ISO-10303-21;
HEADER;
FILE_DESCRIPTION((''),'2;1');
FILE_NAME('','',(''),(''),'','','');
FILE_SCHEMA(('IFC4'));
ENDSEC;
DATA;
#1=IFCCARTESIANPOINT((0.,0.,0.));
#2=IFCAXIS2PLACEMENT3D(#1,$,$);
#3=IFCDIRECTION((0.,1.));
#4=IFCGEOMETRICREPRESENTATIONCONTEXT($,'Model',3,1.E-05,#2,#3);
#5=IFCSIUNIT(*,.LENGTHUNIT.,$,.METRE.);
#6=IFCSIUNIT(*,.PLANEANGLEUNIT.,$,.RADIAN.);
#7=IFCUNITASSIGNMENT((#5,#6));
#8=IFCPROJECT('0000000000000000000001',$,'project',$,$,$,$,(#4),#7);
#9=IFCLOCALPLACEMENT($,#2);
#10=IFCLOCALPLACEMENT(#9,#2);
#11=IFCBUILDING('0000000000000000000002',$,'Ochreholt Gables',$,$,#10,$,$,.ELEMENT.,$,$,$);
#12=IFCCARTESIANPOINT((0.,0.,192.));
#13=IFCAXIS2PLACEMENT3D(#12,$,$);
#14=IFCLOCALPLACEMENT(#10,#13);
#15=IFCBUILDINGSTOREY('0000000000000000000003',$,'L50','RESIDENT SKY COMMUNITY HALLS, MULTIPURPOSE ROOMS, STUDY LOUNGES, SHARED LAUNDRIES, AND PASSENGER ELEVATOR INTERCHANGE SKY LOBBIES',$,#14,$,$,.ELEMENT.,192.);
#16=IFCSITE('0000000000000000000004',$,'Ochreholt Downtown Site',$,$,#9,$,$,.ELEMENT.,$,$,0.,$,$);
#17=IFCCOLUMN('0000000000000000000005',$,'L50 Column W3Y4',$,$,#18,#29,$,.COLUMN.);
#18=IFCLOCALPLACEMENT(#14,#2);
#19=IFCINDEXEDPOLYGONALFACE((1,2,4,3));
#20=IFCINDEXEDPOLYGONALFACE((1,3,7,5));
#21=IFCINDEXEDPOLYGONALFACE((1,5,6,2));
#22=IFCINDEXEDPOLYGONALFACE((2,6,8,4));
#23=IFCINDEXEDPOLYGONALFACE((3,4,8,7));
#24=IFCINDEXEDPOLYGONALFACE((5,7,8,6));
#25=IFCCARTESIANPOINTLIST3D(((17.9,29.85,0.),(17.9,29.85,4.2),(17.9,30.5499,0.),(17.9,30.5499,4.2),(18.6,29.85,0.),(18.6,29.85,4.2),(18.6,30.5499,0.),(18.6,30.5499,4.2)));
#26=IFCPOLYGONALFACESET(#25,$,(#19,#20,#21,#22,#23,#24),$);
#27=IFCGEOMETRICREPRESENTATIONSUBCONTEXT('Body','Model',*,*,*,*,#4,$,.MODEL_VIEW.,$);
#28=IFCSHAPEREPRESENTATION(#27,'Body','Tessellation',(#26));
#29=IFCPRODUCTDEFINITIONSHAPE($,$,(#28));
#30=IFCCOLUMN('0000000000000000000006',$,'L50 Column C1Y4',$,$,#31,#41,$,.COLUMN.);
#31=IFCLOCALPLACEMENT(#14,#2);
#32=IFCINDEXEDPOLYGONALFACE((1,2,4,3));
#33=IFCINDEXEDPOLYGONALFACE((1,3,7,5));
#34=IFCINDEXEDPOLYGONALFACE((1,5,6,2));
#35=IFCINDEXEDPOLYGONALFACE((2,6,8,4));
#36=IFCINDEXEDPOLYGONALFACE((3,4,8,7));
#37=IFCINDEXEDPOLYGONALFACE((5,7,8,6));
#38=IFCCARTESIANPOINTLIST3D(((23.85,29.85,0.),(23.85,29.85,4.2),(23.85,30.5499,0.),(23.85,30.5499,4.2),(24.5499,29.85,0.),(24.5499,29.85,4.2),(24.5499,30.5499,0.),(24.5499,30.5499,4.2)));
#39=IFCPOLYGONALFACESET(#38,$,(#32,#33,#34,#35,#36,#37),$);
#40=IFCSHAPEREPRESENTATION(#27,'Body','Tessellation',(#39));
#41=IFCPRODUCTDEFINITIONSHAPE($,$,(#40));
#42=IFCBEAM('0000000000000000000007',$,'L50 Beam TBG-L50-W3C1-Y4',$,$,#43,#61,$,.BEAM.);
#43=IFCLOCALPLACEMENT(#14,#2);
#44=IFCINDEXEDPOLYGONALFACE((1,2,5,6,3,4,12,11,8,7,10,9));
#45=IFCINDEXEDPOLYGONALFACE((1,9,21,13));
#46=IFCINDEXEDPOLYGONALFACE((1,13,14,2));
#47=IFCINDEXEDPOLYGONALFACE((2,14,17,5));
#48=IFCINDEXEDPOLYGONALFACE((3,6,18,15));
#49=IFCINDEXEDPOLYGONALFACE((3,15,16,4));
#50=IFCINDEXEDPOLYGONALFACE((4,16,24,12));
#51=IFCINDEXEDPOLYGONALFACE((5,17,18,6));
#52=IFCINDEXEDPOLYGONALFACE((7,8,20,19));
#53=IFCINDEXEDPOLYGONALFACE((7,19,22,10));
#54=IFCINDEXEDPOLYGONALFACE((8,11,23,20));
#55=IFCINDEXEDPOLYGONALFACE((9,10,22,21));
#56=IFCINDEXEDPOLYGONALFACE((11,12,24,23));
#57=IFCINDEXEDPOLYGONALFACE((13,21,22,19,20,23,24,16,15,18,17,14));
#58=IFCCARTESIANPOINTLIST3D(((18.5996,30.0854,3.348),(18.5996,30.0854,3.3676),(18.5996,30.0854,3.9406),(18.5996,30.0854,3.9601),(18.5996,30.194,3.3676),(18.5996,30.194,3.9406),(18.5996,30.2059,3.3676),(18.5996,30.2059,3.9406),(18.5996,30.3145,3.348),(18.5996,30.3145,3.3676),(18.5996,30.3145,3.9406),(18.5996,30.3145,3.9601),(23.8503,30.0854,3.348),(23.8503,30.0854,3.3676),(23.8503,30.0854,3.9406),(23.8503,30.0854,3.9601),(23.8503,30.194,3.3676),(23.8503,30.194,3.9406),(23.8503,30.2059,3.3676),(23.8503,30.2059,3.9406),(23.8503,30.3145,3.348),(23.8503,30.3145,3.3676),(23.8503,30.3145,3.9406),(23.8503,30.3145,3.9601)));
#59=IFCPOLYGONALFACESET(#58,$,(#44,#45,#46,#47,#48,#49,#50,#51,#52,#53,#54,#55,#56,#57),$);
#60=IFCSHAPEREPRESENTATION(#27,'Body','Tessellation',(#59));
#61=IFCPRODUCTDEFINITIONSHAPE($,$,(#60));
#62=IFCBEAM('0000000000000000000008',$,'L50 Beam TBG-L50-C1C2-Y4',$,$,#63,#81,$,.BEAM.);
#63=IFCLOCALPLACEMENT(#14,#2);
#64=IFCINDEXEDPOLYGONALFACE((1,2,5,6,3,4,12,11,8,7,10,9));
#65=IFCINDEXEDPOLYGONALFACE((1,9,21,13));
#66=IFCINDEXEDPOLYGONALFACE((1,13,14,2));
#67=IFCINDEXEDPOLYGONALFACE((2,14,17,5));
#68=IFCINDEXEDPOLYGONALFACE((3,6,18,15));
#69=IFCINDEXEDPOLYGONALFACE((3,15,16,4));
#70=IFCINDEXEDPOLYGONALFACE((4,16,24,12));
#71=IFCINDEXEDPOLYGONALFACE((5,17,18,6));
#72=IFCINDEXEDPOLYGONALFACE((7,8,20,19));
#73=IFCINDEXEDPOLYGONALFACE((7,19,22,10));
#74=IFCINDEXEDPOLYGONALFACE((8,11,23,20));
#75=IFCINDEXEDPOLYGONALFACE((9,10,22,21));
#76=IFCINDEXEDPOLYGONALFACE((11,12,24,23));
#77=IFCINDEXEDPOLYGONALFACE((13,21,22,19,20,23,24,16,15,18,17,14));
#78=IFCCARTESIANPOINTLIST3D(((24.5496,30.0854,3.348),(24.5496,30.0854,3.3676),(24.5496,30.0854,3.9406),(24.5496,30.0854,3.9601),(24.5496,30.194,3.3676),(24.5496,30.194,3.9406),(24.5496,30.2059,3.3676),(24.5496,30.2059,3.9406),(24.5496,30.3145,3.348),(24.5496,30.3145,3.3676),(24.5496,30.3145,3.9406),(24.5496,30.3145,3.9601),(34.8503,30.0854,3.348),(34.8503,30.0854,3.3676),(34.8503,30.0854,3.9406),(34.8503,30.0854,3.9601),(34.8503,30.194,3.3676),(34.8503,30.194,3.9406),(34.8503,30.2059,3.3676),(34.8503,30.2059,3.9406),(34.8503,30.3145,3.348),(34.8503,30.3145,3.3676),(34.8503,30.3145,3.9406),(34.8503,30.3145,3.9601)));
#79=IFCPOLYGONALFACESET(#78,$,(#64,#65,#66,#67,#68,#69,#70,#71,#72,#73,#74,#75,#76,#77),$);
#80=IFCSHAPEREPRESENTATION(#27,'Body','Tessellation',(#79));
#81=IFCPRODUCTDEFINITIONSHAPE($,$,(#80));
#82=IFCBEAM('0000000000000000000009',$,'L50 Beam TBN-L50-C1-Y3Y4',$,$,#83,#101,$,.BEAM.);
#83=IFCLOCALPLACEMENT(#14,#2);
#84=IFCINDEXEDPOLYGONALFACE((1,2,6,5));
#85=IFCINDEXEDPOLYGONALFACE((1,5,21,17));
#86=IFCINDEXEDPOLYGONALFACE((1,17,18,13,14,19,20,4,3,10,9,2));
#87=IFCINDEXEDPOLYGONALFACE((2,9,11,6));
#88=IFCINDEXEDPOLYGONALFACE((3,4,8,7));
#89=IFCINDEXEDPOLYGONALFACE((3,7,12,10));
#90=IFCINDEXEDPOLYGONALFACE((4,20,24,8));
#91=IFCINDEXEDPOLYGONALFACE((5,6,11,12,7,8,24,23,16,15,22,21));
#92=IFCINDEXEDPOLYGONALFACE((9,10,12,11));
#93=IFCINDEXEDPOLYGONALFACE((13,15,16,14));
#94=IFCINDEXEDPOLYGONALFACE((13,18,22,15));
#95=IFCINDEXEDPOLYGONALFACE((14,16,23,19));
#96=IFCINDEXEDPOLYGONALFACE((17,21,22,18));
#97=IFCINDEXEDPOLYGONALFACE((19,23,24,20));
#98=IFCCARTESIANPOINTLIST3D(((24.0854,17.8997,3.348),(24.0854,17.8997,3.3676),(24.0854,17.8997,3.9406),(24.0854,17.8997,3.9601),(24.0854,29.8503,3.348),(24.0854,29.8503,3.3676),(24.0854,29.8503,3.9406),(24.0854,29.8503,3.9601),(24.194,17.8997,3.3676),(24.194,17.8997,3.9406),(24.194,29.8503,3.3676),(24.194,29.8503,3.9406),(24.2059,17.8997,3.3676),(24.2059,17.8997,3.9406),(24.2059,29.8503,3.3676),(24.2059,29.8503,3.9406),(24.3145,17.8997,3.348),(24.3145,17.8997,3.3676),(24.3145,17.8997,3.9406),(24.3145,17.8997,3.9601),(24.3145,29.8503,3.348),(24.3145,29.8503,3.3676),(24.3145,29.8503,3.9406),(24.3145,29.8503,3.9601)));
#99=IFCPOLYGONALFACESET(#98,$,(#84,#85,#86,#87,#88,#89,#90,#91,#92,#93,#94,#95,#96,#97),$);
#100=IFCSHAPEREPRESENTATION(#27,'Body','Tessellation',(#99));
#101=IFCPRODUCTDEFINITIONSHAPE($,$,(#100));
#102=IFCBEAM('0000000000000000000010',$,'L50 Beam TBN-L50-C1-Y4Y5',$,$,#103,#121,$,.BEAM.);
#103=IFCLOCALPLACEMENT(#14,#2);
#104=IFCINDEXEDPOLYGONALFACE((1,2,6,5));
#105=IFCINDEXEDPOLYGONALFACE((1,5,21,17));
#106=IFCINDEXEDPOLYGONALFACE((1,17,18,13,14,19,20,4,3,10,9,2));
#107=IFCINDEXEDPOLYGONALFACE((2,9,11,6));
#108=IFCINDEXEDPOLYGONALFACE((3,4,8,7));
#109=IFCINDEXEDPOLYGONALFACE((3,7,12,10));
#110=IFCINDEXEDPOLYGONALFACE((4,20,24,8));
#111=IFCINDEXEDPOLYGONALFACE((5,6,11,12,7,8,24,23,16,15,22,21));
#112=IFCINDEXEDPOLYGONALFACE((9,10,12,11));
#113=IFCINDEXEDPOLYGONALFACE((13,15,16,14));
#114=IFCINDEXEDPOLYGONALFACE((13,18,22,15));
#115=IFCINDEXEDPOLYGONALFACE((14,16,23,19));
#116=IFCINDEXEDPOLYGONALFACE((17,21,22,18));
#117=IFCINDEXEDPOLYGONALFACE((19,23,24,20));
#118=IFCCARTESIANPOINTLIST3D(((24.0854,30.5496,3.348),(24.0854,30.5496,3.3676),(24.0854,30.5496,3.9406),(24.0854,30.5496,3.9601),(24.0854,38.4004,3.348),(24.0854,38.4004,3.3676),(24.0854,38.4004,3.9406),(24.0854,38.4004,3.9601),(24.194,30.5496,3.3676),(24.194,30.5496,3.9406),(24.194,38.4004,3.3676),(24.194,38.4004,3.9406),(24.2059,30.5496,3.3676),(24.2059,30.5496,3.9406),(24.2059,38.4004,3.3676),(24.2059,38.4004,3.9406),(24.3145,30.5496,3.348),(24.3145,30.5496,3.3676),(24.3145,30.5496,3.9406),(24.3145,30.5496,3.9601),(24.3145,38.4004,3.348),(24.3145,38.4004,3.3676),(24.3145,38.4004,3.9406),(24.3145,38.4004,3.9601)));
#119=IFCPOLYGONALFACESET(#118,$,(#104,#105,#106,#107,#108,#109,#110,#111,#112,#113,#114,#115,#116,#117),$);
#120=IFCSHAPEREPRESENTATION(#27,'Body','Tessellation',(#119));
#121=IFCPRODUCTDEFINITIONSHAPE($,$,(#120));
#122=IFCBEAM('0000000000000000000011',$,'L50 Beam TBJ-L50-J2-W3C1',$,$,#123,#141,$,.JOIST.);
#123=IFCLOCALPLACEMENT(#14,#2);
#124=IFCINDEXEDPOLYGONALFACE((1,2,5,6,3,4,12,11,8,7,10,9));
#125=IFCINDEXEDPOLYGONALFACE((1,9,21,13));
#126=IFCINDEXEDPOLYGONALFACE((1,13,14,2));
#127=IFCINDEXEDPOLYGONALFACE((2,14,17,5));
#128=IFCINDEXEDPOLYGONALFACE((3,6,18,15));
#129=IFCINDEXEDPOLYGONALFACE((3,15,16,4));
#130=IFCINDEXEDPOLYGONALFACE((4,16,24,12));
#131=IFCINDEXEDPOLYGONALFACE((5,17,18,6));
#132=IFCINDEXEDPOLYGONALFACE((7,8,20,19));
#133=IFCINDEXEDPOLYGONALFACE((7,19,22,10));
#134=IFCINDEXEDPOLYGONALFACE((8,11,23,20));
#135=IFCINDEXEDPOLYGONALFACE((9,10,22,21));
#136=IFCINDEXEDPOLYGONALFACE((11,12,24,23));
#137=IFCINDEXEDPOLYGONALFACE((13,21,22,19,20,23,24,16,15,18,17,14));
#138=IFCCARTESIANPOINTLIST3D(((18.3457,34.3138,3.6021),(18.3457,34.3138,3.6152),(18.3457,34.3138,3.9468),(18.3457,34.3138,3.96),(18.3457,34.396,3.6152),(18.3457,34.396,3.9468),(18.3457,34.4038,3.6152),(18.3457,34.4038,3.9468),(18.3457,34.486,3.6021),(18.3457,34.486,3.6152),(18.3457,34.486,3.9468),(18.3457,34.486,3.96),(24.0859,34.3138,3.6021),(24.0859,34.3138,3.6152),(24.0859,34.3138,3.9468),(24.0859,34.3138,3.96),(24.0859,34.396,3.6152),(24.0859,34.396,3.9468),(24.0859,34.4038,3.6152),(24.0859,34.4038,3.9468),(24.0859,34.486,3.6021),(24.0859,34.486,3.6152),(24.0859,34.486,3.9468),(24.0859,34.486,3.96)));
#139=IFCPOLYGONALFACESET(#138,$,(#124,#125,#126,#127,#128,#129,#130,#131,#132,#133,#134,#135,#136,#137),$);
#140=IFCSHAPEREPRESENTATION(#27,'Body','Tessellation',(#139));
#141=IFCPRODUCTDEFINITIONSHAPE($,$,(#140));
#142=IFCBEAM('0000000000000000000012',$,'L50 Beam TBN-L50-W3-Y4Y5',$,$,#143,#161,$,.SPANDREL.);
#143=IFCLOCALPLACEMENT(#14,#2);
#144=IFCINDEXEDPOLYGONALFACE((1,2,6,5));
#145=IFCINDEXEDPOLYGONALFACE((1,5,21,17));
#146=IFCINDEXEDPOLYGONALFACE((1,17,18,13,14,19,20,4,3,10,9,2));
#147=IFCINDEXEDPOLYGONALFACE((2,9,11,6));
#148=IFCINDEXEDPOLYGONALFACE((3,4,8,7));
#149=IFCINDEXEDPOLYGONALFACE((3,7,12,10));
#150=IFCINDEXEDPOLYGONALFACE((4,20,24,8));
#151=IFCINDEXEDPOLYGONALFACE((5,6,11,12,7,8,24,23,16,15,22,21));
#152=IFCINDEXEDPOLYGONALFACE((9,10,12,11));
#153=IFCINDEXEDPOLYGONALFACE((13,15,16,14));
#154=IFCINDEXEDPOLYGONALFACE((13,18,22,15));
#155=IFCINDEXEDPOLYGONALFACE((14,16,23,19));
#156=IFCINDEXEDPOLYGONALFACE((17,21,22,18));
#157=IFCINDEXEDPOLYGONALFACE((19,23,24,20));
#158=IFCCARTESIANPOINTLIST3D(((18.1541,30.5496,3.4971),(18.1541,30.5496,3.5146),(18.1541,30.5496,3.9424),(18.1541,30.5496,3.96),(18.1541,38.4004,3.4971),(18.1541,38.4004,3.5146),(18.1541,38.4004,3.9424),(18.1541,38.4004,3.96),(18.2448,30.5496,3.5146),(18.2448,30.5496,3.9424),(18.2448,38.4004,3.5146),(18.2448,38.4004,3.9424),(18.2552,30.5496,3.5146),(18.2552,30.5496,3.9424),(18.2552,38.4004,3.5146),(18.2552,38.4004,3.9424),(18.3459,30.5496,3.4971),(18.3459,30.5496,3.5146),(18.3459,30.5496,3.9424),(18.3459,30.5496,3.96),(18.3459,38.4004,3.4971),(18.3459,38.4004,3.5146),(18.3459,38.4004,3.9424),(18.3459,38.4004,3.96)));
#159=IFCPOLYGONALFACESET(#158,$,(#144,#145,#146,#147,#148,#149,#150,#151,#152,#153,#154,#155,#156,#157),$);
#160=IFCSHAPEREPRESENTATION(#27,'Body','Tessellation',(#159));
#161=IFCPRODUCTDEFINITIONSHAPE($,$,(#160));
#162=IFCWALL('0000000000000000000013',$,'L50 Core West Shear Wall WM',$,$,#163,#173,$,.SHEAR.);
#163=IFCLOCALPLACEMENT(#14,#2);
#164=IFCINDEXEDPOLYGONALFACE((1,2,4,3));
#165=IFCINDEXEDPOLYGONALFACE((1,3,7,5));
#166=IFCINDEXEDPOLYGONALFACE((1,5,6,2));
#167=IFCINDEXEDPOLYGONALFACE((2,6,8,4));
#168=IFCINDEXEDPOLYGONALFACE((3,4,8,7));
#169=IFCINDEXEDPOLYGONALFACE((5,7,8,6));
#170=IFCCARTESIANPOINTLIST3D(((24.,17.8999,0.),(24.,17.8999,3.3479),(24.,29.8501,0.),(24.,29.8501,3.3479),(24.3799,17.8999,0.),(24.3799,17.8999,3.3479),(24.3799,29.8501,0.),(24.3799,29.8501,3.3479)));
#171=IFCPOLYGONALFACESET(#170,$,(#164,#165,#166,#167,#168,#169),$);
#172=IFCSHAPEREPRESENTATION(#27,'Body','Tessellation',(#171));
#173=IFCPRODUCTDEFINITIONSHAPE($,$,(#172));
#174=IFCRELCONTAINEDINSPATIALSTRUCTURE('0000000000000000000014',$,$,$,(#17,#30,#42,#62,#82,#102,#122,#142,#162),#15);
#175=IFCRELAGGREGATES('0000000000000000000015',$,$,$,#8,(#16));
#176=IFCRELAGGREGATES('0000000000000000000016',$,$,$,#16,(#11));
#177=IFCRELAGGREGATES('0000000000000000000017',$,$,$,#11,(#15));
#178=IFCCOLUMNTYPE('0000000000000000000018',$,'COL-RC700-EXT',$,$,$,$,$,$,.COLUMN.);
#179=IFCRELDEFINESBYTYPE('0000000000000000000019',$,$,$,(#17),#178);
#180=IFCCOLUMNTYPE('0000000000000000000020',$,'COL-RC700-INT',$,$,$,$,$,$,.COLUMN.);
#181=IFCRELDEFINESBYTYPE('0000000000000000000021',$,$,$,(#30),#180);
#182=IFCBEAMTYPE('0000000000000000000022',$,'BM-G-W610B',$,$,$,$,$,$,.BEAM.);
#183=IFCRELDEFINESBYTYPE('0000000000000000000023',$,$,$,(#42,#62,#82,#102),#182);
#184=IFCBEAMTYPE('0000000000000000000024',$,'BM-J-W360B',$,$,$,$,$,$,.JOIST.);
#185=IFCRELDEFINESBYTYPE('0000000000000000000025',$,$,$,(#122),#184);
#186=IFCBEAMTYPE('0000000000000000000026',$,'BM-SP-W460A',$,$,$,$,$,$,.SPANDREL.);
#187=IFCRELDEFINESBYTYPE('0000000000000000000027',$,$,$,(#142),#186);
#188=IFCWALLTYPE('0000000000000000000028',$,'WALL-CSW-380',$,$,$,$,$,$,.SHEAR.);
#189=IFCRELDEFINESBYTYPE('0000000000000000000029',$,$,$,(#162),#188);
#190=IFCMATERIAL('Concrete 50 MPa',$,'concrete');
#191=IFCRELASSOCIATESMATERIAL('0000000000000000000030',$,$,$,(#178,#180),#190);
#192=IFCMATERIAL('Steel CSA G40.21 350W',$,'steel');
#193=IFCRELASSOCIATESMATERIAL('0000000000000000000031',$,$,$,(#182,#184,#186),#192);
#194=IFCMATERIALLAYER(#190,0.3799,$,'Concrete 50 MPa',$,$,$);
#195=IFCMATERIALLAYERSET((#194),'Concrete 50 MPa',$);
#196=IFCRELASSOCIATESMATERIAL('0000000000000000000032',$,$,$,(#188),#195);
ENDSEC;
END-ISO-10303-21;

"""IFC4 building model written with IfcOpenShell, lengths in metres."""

from ifc_helpers import new_model, si_unit, direction, frame, frame_2d, origin, origin_2d, place, context, subcontext, project, spatial, rectangle, i_section, extrude, material, layer, layer_set, material_profile, profile_set, type_object, element, save


model = new_model("IFC4")

# Units and contexts
model_context = context("Model", 3, precision=1e-05, world=origin(), true_north=direction((0.0, 1.0)))
body_context = subcontext(model_context, "Body", "Model", "MODEL_VIEW")
ifc_project = project(units=[si_unit("LENGTHUNIT", "METRE"), si_unit("PLANEANGLEUNIT", "RADIAN")], contexts=[model_context])

# Site, building, storey
site_placement = place(None, origin())
site = spatial("IfcSite", under=ifc_project, at=site_placement, Name="Ochreholt Downtown Site", CompositionType="ELEMENT", RefElevation=0.0)
building_placement = place(site_placement, origin())
building = spatial("IfcBuilding", under=site, at=building_placement, Name="Ochreholt Gables", CompositionType="ELEMENT")
storey_placement = place(building_placement, frame((0.0, 0.0, 192.0)))
storey = spatial("IfcBuildingStorey", under=building, at=storey_placement, Name="L50", Description="RESIDENT SKY COMMUNITY HALLS, MULTIPURPOSE ROOMS, STUDY LOUNGES, SHARED LAUNDRIES, AND PASSENGER ELEVATOR INTERCHANGE SKY LOBBIES", CompositionType="ELEMENT", Elevation=192.0)

# Columns
ifc_material_1 = material(Name="Concrete 50 MPa", Category="concrete")
ifc_material_profile_1 = material_profile(ifc_material_1, rectangle(XDim=0.7, YDim=0.7, at=origin_2d()), Name="RC700X700")
ifc_profile_set_1 = profile_set([ifc_material_profile_1], Name="Concrete 50 MPa")
column_type_1 = type_object("IfcColumnType", Name="COL-RC700-EXT", PredefinedType="COLUMN", material=ifc_profile_set_1)
column_1_placement = place(storey_placement, frame((18.25, 30.2, 0.0), z_axis=(0.0, 0.0, 1.0), x_axis=(1.0, 0.0, 0.0)))
element("IfcColumn", 1, at=column_1_placement, inside=storey, type_object=column_type_1, Name="L50 Column W3Y4", PredefinedType="COLUMN", context=body_context, shape_type="SweptSolid", body=[
    extrude(rectangle(XDim=0.7, YDim=0.7, at=origin_2d()), origin(), (0.0, 0.0, 1.0), 4.2),
])
ifc_material_profile_2 = material_profile(ifc_material_1, rectangle(XDim=0.7, YDim=0.7, at=origin_2d()), Name="RC700X700")
ifc_profile_set_2 = profile_set([ifc_material_profile_2], Name="Concrete 50 MPa")
column_type_2 = type_object("IfcColumnType", Name="COL-RC700-INT", PredefinedType="COLUMN", material=ifc_profile_set_2)
column_2_placement = place(storey_placement, frame((24.2, 30.2, 0.0), z_axis=(0.0, 0.0, 1.0), x_axis=(1.0, 0.0, 0.0)))
element("IfcColumn", 2, at=column_2_placement, inside=storey, type_object=column_type_2, Name="L50 Column C1Y4", PredefinedType="COLUMN", context=body_context, shape_type="SweptSolid", body=[
    extrude(rectangle(XDim=0.7, YDim=0.7, at=origin_2d()), origin(), (0.0, 0.0, 1.0), 4.2),
])

# Beams
ifc_material_2 = material(Name="Steel CSA G40.21 350W", Category="steel")
ifc_material_profile_3 = material_profile(ifc_material_2, i_section(OverallWidth=0.229, OverallDepth=0.6121, WebThickness=0.012, FlangeThickness=0.0195, at=origin_2d()), Name="W610X125")
ifc_profile_set_3 = profile_set([ifc_material_profile_3], Name="Steel CSA G40.21 350W")
beam_type_1 = type_object("IfcBeamType", Name="BM-G-W610B", PredefinedType="BEAM", material=ifc_profile_set_3)
beam_1_placement = place(storey_placement, frame((18.5996, 30.2, 3.6541), z_axis=(1.0, 0.0, 0.0), x_axis=(0.0, 1.0, 0.0)))
element("IfcBeam", 3, at=beam_1_placement, inside=storey, type_object=beam_type_1, Name="L50 Beam TBG-L50-W3C1-Y4", PredefinedType="BEAM", context=body_context, shape_type="SweptSolid", body=[
    extrude(i_section(OverallWidth=0.229, OverallDepth=0.6121, WebThickness=0.012, FlangeThickness=0.0195, at=origin_2d()), origin(), (0.0, 0.0, 1.0), 5.2507),
])
beam_2_placement = place(storey_placement, frame((24.5496, 30.2, 3.6541), z_axis=(1.0, 0.0, 0.0), x_axis=(0.0, 1.0, 0.0)))
element("IfcBeam", 4, at=beam_2_placement, inside=storey, type_object=beam_type_1, Name="L50 Beam TBG-L50-C1C2-Y4", PredefinedType="BEAM", context=body_context, shape_type="SweptSolid", body=[
    extrude(i_section(OverallWidth=0.229, OverallDepth=0.6121, WebThickness=0.012, FlangeThickness=0.0195, at=origin_2d()), origin(), (0.0, 0.0, 1.0), 10.3008),
])
beam_3_placement = place(storey_placement, frame((24.2, 17.8997, 3.6541), z_axis=(0.0, 1.0, 0.0), x_axis=(-1.0, 0.0, 0.0)))
element("IfcBeam", 5, at=beam_3_placement, inside=storey, type_object=beam_type_1, Name="L50 Beam TBN-L50-C1-Y3Y4", PredefinedType="BEAM", context=body_context, shape_type="SweptSolid", body=[
    extrude(i_section(OverallWidth=0.229, OverallDepth=0.6121, WebThickness=0.012, FlangeThickness=0.0195, at=origin_2d()), origin(), (0.0, 0.0, 1.0), 11.9507),
])
beam_4_placement = place(storey_placement, frame((24.2, 30.5496, 3.6541), z_axis=(0.0, 1.0, 0.0), x_axis=(-1.0, 0.0, 0.0)))
element("IfcBeam", 6, at=beam_4_placement, inside=storey, type_object=beam_type_1, Name="L50 Beam TBN-L50-C1-Y4Y5", PredefinedType="BEAM", context=body_context, shape_type="SweptSolid", body=[
    extrude(i_section(OverallWidth=0.229, OverallDepth=0.6121, WebThickness=0.012, FlangeThickness=0.0195, at=origin_2d()), origin(), (0.0, 0.0, 1.0), 7.8508),
])
ifc_material_profile_4 = material_profile(ifc_material_2, i_section(OverallWidth=0.1721, OverallDepth=0.3579, WebThickness=0.0078, FlangeThickness=0.0132, at=origin_2d()), Name="W360X57")
ifc_profile_set_4 = profile_set([ifc_material_profile_4], Name="Steel CSA G40.21 350W")
beam_type_2 = type_object("IfcBeamType", Name="BM-J-W360B", PredefinedType="JOIST", material=ifc_profile_set_4)
beam_5_placement = place(storey_placement, frame((18.3457, 34.3999, 3.781), z_axis=(1.0, 0.0, 0.0), x_axis=(0.0, 1.0, 0.0)))
element("IfcBeam", 7, at=beam_5_placement, inside=storey, type_object=beam_type_2, Name="L50 Beam TBJ-L50-J2-W3C1", PredefinedType="JOIST", context=body_context, shape_type="SweptSolid", body=[
    extrude(i_section(OverallWidth=0.1721, OverallDepth=0.3579, WebThickness=0.0078, FlangeThickness=0.0132, at=origin_2d()), origin(), (0.0, 0.0, 1.0), 5.7402),
])
ifc_material_profile_5 = material_profile(ifc_material_2, i_section(OverallWidth=0.1919, OverallDepth=0.4629, WebThickness=0.0105, FlangeThickness=0.0176, at=origin_2d()), Name="W460X89")
ifc_profile_set_5 = profile_set([ifc_material_profile_5], Name="Steel CSA G40.21 350W")
beam_type_3 = type_object("IfcBeamType", Name="BM-SP-W460A", PredefinedType="SPANDREL", material=ifc_profile_set_5)
beam_6_placement = place(storey_placement, frame((18.25, 30.5496, 3.7285), z_axis=(0.0, 1.0, 0.0), x_axis=(-1.0, 0.0, 0.0)))
element("IfcBeam", 8, at=beam_6_placement, inside=storey, type_object=beam_type_3, Name="L50 Beam TBN-L50-W3-Y4Y5", PredefinedType="SPANDREL", context=body_context, shape_type="SweptSolid", body=[
    extrude(i_section(OverallWidth=0.1919, OverallDepth=0.4629, WebThickness=0.0105, FlangeThickness=0.0176, at=origin_2d()), origin(), (0.0, 0.0, 1.0), 7.8508),
])

# Wall
ifc_layer_1 = layer(ifc_material_1, 0.3799, Name="Concrete 50 MPa")
ifc_layer_set_1 = layer_set([ifc_layer_1], Name="Concrete 50 MPa")
wall_type_1 = type_object("IfcWallType", Name="WALL-CSW-380", PredefinedType="SHEAR", material=ifc_layer_set_1)
wall_1_placement = place(storey_placement, frame((24.1899, 17.8999, 0.0), z_axis=(0.0, 0.0, 1.0), x_axis=(0.0, 1.0, 0.0)))
element("IfcWall", 9, at=wall_1_placement, inside=storey, type_object=wall_type_1, Name="L50 Core West Shear Wall WM", PredefinedType="SHEAR", context=body_context, shape_type="SweptSolid", body=[
    extrude(rectangle(XDim=11.9502, YDim=0.3799, at=frame_2d((5.9751, 0.0))), origin(), (0.0, 0.0, 1.0), 3.3479),
])

save(model, "model.ifc")
